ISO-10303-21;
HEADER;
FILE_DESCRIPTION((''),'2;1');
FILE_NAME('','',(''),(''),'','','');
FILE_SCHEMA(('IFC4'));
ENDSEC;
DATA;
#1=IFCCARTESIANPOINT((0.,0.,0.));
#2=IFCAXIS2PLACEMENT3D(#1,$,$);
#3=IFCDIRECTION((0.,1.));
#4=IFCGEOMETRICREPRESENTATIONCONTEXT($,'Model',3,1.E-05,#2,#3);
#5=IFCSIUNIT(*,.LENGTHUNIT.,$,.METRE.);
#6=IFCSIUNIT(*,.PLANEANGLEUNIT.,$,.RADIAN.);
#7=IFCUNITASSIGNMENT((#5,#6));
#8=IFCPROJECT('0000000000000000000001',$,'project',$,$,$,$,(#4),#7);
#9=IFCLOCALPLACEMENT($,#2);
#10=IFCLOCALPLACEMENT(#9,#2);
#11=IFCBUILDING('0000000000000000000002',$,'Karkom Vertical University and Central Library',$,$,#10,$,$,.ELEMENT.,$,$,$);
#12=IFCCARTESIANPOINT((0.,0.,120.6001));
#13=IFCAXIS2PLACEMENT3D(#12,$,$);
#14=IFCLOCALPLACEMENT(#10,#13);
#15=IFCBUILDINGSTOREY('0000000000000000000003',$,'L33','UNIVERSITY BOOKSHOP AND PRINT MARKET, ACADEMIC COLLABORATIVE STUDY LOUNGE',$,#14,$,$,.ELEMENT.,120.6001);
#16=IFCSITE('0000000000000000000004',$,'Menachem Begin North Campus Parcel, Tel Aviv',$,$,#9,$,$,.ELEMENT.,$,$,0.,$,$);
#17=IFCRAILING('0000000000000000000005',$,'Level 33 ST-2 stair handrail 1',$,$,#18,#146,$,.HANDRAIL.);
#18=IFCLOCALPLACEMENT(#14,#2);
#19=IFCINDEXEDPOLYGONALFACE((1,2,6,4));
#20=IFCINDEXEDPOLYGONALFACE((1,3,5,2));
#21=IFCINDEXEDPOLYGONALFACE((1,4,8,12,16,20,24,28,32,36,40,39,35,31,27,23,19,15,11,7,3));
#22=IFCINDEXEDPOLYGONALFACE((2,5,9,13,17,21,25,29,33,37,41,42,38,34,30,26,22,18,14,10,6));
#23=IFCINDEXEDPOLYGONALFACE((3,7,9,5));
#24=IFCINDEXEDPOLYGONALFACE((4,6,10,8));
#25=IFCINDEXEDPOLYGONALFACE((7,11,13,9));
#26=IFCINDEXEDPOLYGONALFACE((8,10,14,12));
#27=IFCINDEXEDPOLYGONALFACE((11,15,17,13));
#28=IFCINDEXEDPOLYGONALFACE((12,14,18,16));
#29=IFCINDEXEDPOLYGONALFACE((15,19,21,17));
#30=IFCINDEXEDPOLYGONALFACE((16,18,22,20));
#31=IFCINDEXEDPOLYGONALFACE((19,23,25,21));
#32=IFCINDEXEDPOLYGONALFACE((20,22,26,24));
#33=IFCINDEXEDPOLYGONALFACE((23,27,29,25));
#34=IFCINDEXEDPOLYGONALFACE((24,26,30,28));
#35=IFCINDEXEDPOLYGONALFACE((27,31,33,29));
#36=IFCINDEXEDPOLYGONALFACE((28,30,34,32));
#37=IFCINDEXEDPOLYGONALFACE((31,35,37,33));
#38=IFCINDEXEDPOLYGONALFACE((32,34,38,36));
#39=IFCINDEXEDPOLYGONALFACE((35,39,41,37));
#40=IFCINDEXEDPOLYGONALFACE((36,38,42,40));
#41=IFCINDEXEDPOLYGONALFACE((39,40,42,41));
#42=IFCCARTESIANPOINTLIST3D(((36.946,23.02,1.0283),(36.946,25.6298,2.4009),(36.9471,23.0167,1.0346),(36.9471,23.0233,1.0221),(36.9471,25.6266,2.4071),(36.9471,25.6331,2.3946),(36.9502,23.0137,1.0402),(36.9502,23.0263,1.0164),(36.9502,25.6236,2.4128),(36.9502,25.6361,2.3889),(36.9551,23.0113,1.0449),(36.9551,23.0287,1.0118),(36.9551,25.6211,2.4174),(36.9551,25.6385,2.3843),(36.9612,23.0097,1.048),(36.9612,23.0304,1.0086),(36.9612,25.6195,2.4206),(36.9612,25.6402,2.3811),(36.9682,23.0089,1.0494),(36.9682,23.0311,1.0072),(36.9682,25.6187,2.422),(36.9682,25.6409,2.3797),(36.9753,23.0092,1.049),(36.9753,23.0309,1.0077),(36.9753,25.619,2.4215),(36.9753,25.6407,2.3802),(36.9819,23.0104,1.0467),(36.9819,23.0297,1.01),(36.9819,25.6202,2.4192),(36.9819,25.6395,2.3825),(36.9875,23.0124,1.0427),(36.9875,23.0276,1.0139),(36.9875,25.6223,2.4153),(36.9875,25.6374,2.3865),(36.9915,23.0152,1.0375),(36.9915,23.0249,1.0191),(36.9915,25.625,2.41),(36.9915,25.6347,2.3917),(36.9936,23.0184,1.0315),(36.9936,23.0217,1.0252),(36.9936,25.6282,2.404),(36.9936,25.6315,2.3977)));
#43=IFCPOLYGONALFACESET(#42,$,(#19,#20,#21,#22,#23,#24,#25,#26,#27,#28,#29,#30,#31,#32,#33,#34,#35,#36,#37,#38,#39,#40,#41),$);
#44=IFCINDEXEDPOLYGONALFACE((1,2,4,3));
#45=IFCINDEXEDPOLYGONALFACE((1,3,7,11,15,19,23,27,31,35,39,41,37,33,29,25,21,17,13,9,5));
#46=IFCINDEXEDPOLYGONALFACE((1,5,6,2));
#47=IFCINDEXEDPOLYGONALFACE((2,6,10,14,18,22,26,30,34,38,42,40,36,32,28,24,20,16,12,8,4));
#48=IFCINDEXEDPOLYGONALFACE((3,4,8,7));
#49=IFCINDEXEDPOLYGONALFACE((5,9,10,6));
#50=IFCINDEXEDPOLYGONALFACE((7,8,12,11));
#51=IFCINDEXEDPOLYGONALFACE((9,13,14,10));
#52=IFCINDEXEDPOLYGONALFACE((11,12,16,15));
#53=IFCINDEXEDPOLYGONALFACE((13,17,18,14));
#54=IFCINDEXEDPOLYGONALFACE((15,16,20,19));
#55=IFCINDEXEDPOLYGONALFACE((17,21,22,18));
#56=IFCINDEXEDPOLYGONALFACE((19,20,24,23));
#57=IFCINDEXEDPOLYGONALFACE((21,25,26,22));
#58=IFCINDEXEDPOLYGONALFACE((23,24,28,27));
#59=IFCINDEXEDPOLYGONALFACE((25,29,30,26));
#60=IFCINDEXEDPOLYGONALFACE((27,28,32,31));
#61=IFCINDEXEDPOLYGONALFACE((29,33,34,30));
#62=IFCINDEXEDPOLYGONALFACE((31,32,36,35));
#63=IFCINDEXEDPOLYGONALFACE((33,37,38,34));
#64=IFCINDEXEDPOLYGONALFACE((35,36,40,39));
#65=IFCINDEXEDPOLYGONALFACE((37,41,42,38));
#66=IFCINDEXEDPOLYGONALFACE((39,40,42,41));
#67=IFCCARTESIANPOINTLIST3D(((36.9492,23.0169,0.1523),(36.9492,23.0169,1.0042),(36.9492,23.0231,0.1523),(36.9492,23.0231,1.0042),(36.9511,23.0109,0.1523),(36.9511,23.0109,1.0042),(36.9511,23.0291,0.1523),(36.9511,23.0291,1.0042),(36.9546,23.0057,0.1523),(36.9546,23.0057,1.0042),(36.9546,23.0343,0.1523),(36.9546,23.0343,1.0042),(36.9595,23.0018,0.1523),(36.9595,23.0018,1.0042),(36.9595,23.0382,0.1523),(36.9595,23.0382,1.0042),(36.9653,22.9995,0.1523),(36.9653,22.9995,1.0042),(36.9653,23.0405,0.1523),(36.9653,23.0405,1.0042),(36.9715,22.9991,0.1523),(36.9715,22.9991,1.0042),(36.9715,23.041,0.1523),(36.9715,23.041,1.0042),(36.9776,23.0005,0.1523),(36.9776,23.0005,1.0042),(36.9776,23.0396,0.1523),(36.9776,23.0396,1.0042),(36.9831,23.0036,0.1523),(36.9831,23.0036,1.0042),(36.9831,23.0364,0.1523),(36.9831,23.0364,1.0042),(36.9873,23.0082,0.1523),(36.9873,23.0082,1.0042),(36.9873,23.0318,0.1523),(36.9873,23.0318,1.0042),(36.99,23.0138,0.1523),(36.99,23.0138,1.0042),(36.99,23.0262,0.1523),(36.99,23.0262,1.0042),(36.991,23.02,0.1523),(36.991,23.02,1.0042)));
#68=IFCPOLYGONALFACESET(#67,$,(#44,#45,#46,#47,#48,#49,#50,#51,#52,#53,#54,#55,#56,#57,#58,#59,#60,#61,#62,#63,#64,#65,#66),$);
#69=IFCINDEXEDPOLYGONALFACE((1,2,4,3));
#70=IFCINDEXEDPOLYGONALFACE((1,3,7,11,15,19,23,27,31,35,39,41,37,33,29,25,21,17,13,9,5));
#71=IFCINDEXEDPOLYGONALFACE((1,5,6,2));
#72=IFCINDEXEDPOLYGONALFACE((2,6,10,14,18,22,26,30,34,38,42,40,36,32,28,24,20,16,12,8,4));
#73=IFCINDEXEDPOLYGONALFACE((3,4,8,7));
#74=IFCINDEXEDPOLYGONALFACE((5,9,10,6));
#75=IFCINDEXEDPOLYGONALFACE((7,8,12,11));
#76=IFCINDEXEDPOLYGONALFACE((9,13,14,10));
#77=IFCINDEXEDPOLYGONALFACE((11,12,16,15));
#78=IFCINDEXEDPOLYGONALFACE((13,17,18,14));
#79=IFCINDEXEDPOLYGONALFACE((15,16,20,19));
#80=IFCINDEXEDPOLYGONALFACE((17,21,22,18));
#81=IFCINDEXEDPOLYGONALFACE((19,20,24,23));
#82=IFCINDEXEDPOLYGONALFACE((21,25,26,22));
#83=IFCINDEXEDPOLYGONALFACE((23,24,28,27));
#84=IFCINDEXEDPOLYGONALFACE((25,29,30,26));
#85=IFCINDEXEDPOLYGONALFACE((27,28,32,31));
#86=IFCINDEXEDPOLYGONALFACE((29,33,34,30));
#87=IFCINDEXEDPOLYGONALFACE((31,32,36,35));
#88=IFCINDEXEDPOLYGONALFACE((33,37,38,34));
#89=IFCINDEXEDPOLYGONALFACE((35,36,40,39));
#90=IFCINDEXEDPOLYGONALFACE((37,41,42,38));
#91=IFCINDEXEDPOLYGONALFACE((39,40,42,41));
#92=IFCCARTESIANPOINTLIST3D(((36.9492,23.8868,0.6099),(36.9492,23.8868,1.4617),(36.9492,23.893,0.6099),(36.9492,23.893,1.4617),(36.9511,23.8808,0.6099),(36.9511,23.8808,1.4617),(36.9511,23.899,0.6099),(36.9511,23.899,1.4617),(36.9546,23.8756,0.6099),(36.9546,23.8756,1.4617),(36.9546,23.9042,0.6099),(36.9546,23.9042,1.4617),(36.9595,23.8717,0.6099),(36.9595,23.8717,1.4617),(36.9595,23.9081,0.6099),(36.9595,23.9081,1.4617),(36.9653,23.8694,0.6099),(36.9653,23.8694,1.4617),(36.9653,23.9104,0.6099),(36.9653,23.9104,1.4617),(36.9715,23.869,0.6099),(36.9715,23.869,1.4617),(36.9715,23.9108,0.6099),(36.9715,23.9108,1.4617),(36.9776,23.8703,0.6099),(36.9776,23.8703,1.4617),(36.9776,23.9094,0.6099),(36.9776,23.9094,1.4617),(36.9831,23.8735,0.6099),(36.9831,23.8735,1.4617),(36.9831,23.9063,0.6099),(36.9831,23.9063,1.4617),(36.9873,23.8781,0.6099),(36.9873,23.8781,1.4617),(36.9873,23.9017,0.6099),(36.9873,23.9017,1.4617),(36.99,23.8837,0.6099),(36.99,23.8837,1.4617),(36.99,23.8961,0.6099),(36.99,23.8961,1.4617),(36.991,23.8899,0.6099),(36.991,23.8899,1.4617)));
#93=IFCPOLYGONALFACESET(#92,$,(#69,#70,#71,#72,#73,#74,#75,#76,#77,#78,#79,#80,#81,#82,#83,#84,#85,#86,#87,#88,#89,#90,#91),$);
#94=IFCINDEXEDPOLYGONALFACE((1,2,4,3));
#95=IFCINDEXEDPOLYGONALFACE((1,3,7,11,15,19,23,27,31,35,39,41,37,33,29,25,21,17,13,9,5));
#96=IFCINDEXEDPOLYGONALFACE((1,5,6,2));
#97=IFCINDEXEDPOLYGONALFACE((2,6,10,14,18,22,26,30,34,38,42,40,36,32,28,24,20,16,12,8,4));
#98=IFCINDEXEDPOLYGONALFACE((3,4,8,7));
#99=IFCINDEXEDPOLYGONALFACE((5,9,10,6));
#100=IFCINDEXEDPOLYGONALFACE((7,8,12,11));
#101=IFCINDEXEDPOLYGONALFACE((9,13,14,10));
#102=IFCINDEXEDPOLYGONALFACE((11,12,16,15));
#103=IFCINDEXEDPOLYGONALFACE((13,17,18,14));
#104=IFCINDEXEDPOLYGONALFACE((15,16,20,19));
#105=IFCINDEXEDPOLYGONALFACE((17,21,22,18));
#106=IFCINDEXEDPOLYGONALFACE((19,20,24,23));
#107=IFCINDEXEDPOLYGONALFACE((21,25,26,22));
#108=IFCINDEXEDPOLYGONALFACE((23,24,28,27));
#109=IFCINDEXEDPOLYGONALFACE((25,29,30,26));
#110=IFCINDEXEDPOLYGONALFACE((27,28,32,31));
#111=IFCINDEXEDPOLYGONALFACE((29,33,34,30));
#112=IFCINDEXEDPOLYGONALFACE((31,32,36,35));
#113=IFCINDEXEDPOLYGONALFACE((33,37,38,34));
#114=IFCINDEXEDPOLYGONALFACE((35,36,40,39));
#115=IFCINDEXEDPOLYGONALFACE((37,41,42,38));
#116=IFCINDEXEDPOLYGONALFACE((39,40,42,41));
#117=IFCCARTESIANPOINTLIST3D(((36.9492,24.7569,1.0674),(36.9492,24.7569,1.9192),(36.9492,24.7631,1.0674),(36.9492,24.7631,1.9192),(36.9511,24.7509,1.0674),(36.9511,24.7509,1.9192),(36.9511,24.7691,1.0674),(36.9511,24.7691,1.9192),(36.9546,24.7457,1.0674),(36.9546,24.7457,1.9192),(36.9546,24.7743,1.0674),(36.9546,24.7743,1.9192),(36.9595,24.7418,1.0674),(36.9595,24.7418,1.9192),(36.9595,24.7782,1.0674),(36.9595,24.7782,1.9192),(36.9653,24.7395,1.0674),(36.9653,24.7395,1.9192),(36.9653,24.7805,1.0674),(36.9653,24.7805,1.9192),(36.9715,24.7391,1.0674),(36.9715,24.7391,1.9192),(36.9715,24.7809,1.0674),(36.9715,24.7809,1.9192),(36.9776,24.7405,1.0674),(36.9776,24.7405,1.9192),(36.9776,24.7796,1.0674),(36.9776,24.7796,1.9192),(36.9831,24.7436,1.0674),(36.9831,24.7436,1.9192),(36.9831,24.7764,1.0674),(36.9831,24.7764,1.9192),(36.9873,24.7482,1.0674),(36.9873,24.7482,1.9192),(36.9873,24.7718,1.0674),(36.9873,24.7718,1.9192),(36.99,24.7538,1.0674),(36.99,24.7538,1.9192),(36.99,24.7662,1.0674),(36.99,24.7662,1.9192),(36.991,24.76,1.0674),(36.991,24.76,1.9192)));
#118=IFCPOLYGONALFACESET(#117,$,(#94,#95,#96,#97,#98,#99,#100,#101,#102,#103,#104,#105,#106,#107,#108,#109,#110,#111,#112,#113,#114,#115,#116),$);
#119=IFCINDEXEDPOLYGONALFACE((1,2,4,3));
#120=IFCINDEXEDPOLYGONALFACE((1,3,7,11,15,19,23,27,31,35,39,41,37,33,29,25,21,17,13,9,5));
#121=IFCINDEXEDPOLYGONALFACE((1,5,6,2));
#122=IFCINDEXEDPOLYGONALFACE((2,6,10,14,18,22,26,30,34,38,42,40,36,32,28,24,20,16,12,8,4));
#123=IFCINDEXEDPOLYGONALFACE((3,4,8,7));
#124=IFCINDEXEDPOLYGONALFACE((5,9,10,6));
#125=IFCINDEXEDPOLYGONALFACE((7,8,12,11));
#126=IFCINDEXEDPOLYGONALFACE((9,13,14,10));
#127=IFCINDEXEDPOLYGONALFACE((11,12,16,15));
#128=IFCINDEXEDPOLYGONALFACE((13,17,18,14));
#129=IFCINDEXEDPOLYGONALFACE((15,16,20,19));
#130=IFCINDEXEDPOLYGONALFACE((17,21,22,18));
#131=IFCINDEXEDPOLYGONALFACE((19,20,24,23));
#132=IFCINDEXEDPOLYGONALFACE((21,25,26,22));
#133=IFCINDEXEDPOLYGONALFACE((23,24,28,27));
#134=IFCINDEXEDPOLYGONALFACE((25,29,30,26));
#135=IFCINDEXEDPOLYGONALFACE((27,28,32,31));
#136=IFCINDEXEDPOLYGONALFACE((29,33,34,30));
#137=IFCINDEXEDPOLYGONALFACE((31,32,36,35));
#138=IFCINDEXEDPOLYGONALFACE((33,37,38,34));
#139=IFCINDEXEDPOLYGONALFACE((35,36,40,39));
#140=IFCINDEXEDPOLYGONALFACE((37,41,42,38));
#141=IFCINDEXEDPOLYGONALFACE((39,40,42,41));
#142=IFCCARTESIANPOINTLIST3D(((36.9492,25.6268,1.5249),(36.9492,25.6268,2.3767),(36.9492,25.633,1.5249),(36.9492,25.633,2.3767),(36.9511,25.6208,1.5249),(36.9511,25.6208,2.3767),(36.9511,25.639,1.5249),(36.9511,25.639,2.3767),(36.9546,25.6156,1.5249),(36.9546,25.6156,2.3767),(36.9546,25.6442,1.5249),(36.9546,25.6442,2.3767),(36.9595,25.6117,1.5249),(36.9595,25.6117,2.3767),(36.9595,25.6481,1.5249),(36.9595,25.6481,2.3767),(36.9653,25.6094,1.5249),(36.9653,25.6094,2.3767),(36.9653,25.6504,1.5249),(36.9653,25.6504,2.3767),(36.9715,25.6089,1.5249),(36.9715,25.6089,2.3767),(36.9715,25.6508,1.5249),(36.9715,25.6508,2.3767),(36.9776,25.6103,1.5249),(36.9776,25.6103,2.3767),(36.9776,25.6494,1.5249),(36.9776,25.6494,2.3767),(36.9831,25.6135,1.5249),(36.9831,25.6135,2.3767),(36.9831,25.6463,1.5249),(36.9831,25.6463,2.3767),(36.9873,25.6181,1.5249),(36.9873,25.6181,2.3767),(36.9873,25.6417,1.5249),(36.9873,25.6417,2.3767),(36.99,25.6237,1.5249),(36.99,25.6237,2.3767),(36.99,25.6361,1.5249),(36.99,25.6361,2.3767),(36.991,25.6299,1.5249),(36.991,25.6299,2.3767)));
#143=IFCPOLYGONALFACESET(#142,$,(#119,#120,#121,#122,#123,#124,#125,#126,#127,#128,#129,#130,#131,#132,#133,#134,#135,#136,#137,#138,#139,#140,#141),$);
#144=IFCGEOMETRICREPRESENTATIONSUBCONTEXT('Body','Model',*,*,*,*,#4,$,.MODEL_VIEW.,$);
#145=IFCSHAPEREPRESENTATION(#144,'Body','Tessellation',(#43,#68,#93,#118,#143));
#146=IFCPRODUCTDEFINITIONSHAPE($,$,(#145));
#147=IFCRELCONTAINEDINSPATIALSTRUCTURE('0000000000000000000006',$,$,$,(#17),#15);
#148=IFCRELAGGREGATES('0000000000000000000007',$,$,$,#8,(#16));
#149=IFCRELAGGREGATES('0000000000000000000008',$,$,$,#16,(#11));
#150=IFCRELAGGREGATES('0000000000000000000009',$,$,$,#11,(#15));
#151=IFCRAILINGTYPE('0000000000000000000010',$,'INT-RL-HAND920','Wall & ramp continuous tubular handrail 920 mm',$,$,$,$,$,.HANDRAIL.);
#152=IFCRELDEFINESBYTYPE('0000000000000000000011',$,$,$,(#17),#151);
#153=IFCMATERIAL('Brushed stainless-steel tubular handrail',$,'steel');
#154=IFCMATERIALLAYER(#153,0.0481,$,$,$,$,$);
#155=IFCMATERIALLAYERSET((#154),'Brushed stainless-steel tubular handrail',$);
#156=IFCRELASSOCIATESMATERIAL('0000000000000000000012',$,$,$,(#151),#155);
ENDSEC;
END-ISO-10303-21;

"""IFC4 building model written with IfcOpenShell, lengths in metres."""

from ifc_helpers import new_model, si_unit, direction, frame, origin, origin_2d, place, context, subcontext, project, spatial, circle, extrude, material, layer, layer_set, type_object, element, save


model = new_model("IFC4")

# Units and contexts
model_context = context("Model", 3, precision=1e-05, world=origin(), true_north=direction((0.0, 1.0)))
body_context = subcontext(model_context, "Body", "Model", "MODEL_VIEW")
ifc_project = project(units=[si_unit("LENGTHUNIT", "METRE"), si_unit("PLANEANGLEUNIT", "RADIAN")], contexts=[model_context])

# Site, building, storey
site_placement = place(None, origin())
site = spatial("IfcSite", under=ifc_project, at=site_placement, Name="Menachem Begin North Campus Parcel, Tel Aviv", CompositionType="ELEMENT", RefElevation=0.0)
building_placement = place(site_placement, origin())
building = spatial("IfcBuilding", under=site, at=building_placement, Name="Karkom Vertical University and Central Library", CompositionType="ELEMENT")
storey_placement = place(building_placement, frame((0.0, 0.0, 120.6001)))
storey = spatial("IfcBuildingStorey", under=building, at=storey_placement, Name="L33", Description="UNIVERSITY BOOKSHOP AND PRINT MARKET, ACADEMIC COLLABORATIVE STUDY LOUNGE", CompositionType="ELEMENT", Elevation=120.6001)

# Railing
ifc_material_1 = material(Name="Brushed stainless-steel tubular handrail", Category="steel")
ifc_layer_1 = layer(ifc_material_1, 0.0481)
ifc_layer_set_1 = layer_set([ifc_layer_1], Name="Brushed stainless-steel tubular handrail")
railing_type_1 = type_object("IfcRailingType", Name="INT-RL-HAND920", Description="Wall & ramp continuous tubular handrail 920 mm", PredefinedType="HANDRAIL", material=ifc_layer_set_1)
railing_1_placement = place(storey_placement, frame((36.97, 23.02, 0.1523)))
element("IfcRailing", 1, at=railing_1_placement, inside=storey, type_object=railing_type_1, Name="Level 33 ST-2 stair handrail 1", PredefinedType="HANDRAIL", context=body_context, shape_type="SweptSolid", body=[
    extrude(circle(Radius=0.0239, at=origin_2d()), frame((0.0, 0.0, 0.876), z_axis=(0.0, 0.885065, 0.465467), x_axis=(-1.0, 0.0, 0.0)), (0.0, 0.0, 1.0), 2.9487),
    extrude(circle(Radius=0.021, at=origin_2d()), origin(), (0.0, 0.0, 1.0), 0.8518),
    extrude(circle(Radius=0.021, at=origin_2d()), frame((0.0, 0.8699, 0.4575)), (0.0, 0.0, 1.0), 0.8518),
    extrude(circle(Radius=0.021, at=origin_2d()), frame((0.0, 1.74, 0.915)), (0.0, 0.0, 1.0), 0.8518),
    extrude(circle(Radius=0.021, at=origin_2d()), frame((0.0, 2.6099, 1.3726)), (0.0, 0.0, 1.0), 0.8518),
])

save(model, "model.ifc")
